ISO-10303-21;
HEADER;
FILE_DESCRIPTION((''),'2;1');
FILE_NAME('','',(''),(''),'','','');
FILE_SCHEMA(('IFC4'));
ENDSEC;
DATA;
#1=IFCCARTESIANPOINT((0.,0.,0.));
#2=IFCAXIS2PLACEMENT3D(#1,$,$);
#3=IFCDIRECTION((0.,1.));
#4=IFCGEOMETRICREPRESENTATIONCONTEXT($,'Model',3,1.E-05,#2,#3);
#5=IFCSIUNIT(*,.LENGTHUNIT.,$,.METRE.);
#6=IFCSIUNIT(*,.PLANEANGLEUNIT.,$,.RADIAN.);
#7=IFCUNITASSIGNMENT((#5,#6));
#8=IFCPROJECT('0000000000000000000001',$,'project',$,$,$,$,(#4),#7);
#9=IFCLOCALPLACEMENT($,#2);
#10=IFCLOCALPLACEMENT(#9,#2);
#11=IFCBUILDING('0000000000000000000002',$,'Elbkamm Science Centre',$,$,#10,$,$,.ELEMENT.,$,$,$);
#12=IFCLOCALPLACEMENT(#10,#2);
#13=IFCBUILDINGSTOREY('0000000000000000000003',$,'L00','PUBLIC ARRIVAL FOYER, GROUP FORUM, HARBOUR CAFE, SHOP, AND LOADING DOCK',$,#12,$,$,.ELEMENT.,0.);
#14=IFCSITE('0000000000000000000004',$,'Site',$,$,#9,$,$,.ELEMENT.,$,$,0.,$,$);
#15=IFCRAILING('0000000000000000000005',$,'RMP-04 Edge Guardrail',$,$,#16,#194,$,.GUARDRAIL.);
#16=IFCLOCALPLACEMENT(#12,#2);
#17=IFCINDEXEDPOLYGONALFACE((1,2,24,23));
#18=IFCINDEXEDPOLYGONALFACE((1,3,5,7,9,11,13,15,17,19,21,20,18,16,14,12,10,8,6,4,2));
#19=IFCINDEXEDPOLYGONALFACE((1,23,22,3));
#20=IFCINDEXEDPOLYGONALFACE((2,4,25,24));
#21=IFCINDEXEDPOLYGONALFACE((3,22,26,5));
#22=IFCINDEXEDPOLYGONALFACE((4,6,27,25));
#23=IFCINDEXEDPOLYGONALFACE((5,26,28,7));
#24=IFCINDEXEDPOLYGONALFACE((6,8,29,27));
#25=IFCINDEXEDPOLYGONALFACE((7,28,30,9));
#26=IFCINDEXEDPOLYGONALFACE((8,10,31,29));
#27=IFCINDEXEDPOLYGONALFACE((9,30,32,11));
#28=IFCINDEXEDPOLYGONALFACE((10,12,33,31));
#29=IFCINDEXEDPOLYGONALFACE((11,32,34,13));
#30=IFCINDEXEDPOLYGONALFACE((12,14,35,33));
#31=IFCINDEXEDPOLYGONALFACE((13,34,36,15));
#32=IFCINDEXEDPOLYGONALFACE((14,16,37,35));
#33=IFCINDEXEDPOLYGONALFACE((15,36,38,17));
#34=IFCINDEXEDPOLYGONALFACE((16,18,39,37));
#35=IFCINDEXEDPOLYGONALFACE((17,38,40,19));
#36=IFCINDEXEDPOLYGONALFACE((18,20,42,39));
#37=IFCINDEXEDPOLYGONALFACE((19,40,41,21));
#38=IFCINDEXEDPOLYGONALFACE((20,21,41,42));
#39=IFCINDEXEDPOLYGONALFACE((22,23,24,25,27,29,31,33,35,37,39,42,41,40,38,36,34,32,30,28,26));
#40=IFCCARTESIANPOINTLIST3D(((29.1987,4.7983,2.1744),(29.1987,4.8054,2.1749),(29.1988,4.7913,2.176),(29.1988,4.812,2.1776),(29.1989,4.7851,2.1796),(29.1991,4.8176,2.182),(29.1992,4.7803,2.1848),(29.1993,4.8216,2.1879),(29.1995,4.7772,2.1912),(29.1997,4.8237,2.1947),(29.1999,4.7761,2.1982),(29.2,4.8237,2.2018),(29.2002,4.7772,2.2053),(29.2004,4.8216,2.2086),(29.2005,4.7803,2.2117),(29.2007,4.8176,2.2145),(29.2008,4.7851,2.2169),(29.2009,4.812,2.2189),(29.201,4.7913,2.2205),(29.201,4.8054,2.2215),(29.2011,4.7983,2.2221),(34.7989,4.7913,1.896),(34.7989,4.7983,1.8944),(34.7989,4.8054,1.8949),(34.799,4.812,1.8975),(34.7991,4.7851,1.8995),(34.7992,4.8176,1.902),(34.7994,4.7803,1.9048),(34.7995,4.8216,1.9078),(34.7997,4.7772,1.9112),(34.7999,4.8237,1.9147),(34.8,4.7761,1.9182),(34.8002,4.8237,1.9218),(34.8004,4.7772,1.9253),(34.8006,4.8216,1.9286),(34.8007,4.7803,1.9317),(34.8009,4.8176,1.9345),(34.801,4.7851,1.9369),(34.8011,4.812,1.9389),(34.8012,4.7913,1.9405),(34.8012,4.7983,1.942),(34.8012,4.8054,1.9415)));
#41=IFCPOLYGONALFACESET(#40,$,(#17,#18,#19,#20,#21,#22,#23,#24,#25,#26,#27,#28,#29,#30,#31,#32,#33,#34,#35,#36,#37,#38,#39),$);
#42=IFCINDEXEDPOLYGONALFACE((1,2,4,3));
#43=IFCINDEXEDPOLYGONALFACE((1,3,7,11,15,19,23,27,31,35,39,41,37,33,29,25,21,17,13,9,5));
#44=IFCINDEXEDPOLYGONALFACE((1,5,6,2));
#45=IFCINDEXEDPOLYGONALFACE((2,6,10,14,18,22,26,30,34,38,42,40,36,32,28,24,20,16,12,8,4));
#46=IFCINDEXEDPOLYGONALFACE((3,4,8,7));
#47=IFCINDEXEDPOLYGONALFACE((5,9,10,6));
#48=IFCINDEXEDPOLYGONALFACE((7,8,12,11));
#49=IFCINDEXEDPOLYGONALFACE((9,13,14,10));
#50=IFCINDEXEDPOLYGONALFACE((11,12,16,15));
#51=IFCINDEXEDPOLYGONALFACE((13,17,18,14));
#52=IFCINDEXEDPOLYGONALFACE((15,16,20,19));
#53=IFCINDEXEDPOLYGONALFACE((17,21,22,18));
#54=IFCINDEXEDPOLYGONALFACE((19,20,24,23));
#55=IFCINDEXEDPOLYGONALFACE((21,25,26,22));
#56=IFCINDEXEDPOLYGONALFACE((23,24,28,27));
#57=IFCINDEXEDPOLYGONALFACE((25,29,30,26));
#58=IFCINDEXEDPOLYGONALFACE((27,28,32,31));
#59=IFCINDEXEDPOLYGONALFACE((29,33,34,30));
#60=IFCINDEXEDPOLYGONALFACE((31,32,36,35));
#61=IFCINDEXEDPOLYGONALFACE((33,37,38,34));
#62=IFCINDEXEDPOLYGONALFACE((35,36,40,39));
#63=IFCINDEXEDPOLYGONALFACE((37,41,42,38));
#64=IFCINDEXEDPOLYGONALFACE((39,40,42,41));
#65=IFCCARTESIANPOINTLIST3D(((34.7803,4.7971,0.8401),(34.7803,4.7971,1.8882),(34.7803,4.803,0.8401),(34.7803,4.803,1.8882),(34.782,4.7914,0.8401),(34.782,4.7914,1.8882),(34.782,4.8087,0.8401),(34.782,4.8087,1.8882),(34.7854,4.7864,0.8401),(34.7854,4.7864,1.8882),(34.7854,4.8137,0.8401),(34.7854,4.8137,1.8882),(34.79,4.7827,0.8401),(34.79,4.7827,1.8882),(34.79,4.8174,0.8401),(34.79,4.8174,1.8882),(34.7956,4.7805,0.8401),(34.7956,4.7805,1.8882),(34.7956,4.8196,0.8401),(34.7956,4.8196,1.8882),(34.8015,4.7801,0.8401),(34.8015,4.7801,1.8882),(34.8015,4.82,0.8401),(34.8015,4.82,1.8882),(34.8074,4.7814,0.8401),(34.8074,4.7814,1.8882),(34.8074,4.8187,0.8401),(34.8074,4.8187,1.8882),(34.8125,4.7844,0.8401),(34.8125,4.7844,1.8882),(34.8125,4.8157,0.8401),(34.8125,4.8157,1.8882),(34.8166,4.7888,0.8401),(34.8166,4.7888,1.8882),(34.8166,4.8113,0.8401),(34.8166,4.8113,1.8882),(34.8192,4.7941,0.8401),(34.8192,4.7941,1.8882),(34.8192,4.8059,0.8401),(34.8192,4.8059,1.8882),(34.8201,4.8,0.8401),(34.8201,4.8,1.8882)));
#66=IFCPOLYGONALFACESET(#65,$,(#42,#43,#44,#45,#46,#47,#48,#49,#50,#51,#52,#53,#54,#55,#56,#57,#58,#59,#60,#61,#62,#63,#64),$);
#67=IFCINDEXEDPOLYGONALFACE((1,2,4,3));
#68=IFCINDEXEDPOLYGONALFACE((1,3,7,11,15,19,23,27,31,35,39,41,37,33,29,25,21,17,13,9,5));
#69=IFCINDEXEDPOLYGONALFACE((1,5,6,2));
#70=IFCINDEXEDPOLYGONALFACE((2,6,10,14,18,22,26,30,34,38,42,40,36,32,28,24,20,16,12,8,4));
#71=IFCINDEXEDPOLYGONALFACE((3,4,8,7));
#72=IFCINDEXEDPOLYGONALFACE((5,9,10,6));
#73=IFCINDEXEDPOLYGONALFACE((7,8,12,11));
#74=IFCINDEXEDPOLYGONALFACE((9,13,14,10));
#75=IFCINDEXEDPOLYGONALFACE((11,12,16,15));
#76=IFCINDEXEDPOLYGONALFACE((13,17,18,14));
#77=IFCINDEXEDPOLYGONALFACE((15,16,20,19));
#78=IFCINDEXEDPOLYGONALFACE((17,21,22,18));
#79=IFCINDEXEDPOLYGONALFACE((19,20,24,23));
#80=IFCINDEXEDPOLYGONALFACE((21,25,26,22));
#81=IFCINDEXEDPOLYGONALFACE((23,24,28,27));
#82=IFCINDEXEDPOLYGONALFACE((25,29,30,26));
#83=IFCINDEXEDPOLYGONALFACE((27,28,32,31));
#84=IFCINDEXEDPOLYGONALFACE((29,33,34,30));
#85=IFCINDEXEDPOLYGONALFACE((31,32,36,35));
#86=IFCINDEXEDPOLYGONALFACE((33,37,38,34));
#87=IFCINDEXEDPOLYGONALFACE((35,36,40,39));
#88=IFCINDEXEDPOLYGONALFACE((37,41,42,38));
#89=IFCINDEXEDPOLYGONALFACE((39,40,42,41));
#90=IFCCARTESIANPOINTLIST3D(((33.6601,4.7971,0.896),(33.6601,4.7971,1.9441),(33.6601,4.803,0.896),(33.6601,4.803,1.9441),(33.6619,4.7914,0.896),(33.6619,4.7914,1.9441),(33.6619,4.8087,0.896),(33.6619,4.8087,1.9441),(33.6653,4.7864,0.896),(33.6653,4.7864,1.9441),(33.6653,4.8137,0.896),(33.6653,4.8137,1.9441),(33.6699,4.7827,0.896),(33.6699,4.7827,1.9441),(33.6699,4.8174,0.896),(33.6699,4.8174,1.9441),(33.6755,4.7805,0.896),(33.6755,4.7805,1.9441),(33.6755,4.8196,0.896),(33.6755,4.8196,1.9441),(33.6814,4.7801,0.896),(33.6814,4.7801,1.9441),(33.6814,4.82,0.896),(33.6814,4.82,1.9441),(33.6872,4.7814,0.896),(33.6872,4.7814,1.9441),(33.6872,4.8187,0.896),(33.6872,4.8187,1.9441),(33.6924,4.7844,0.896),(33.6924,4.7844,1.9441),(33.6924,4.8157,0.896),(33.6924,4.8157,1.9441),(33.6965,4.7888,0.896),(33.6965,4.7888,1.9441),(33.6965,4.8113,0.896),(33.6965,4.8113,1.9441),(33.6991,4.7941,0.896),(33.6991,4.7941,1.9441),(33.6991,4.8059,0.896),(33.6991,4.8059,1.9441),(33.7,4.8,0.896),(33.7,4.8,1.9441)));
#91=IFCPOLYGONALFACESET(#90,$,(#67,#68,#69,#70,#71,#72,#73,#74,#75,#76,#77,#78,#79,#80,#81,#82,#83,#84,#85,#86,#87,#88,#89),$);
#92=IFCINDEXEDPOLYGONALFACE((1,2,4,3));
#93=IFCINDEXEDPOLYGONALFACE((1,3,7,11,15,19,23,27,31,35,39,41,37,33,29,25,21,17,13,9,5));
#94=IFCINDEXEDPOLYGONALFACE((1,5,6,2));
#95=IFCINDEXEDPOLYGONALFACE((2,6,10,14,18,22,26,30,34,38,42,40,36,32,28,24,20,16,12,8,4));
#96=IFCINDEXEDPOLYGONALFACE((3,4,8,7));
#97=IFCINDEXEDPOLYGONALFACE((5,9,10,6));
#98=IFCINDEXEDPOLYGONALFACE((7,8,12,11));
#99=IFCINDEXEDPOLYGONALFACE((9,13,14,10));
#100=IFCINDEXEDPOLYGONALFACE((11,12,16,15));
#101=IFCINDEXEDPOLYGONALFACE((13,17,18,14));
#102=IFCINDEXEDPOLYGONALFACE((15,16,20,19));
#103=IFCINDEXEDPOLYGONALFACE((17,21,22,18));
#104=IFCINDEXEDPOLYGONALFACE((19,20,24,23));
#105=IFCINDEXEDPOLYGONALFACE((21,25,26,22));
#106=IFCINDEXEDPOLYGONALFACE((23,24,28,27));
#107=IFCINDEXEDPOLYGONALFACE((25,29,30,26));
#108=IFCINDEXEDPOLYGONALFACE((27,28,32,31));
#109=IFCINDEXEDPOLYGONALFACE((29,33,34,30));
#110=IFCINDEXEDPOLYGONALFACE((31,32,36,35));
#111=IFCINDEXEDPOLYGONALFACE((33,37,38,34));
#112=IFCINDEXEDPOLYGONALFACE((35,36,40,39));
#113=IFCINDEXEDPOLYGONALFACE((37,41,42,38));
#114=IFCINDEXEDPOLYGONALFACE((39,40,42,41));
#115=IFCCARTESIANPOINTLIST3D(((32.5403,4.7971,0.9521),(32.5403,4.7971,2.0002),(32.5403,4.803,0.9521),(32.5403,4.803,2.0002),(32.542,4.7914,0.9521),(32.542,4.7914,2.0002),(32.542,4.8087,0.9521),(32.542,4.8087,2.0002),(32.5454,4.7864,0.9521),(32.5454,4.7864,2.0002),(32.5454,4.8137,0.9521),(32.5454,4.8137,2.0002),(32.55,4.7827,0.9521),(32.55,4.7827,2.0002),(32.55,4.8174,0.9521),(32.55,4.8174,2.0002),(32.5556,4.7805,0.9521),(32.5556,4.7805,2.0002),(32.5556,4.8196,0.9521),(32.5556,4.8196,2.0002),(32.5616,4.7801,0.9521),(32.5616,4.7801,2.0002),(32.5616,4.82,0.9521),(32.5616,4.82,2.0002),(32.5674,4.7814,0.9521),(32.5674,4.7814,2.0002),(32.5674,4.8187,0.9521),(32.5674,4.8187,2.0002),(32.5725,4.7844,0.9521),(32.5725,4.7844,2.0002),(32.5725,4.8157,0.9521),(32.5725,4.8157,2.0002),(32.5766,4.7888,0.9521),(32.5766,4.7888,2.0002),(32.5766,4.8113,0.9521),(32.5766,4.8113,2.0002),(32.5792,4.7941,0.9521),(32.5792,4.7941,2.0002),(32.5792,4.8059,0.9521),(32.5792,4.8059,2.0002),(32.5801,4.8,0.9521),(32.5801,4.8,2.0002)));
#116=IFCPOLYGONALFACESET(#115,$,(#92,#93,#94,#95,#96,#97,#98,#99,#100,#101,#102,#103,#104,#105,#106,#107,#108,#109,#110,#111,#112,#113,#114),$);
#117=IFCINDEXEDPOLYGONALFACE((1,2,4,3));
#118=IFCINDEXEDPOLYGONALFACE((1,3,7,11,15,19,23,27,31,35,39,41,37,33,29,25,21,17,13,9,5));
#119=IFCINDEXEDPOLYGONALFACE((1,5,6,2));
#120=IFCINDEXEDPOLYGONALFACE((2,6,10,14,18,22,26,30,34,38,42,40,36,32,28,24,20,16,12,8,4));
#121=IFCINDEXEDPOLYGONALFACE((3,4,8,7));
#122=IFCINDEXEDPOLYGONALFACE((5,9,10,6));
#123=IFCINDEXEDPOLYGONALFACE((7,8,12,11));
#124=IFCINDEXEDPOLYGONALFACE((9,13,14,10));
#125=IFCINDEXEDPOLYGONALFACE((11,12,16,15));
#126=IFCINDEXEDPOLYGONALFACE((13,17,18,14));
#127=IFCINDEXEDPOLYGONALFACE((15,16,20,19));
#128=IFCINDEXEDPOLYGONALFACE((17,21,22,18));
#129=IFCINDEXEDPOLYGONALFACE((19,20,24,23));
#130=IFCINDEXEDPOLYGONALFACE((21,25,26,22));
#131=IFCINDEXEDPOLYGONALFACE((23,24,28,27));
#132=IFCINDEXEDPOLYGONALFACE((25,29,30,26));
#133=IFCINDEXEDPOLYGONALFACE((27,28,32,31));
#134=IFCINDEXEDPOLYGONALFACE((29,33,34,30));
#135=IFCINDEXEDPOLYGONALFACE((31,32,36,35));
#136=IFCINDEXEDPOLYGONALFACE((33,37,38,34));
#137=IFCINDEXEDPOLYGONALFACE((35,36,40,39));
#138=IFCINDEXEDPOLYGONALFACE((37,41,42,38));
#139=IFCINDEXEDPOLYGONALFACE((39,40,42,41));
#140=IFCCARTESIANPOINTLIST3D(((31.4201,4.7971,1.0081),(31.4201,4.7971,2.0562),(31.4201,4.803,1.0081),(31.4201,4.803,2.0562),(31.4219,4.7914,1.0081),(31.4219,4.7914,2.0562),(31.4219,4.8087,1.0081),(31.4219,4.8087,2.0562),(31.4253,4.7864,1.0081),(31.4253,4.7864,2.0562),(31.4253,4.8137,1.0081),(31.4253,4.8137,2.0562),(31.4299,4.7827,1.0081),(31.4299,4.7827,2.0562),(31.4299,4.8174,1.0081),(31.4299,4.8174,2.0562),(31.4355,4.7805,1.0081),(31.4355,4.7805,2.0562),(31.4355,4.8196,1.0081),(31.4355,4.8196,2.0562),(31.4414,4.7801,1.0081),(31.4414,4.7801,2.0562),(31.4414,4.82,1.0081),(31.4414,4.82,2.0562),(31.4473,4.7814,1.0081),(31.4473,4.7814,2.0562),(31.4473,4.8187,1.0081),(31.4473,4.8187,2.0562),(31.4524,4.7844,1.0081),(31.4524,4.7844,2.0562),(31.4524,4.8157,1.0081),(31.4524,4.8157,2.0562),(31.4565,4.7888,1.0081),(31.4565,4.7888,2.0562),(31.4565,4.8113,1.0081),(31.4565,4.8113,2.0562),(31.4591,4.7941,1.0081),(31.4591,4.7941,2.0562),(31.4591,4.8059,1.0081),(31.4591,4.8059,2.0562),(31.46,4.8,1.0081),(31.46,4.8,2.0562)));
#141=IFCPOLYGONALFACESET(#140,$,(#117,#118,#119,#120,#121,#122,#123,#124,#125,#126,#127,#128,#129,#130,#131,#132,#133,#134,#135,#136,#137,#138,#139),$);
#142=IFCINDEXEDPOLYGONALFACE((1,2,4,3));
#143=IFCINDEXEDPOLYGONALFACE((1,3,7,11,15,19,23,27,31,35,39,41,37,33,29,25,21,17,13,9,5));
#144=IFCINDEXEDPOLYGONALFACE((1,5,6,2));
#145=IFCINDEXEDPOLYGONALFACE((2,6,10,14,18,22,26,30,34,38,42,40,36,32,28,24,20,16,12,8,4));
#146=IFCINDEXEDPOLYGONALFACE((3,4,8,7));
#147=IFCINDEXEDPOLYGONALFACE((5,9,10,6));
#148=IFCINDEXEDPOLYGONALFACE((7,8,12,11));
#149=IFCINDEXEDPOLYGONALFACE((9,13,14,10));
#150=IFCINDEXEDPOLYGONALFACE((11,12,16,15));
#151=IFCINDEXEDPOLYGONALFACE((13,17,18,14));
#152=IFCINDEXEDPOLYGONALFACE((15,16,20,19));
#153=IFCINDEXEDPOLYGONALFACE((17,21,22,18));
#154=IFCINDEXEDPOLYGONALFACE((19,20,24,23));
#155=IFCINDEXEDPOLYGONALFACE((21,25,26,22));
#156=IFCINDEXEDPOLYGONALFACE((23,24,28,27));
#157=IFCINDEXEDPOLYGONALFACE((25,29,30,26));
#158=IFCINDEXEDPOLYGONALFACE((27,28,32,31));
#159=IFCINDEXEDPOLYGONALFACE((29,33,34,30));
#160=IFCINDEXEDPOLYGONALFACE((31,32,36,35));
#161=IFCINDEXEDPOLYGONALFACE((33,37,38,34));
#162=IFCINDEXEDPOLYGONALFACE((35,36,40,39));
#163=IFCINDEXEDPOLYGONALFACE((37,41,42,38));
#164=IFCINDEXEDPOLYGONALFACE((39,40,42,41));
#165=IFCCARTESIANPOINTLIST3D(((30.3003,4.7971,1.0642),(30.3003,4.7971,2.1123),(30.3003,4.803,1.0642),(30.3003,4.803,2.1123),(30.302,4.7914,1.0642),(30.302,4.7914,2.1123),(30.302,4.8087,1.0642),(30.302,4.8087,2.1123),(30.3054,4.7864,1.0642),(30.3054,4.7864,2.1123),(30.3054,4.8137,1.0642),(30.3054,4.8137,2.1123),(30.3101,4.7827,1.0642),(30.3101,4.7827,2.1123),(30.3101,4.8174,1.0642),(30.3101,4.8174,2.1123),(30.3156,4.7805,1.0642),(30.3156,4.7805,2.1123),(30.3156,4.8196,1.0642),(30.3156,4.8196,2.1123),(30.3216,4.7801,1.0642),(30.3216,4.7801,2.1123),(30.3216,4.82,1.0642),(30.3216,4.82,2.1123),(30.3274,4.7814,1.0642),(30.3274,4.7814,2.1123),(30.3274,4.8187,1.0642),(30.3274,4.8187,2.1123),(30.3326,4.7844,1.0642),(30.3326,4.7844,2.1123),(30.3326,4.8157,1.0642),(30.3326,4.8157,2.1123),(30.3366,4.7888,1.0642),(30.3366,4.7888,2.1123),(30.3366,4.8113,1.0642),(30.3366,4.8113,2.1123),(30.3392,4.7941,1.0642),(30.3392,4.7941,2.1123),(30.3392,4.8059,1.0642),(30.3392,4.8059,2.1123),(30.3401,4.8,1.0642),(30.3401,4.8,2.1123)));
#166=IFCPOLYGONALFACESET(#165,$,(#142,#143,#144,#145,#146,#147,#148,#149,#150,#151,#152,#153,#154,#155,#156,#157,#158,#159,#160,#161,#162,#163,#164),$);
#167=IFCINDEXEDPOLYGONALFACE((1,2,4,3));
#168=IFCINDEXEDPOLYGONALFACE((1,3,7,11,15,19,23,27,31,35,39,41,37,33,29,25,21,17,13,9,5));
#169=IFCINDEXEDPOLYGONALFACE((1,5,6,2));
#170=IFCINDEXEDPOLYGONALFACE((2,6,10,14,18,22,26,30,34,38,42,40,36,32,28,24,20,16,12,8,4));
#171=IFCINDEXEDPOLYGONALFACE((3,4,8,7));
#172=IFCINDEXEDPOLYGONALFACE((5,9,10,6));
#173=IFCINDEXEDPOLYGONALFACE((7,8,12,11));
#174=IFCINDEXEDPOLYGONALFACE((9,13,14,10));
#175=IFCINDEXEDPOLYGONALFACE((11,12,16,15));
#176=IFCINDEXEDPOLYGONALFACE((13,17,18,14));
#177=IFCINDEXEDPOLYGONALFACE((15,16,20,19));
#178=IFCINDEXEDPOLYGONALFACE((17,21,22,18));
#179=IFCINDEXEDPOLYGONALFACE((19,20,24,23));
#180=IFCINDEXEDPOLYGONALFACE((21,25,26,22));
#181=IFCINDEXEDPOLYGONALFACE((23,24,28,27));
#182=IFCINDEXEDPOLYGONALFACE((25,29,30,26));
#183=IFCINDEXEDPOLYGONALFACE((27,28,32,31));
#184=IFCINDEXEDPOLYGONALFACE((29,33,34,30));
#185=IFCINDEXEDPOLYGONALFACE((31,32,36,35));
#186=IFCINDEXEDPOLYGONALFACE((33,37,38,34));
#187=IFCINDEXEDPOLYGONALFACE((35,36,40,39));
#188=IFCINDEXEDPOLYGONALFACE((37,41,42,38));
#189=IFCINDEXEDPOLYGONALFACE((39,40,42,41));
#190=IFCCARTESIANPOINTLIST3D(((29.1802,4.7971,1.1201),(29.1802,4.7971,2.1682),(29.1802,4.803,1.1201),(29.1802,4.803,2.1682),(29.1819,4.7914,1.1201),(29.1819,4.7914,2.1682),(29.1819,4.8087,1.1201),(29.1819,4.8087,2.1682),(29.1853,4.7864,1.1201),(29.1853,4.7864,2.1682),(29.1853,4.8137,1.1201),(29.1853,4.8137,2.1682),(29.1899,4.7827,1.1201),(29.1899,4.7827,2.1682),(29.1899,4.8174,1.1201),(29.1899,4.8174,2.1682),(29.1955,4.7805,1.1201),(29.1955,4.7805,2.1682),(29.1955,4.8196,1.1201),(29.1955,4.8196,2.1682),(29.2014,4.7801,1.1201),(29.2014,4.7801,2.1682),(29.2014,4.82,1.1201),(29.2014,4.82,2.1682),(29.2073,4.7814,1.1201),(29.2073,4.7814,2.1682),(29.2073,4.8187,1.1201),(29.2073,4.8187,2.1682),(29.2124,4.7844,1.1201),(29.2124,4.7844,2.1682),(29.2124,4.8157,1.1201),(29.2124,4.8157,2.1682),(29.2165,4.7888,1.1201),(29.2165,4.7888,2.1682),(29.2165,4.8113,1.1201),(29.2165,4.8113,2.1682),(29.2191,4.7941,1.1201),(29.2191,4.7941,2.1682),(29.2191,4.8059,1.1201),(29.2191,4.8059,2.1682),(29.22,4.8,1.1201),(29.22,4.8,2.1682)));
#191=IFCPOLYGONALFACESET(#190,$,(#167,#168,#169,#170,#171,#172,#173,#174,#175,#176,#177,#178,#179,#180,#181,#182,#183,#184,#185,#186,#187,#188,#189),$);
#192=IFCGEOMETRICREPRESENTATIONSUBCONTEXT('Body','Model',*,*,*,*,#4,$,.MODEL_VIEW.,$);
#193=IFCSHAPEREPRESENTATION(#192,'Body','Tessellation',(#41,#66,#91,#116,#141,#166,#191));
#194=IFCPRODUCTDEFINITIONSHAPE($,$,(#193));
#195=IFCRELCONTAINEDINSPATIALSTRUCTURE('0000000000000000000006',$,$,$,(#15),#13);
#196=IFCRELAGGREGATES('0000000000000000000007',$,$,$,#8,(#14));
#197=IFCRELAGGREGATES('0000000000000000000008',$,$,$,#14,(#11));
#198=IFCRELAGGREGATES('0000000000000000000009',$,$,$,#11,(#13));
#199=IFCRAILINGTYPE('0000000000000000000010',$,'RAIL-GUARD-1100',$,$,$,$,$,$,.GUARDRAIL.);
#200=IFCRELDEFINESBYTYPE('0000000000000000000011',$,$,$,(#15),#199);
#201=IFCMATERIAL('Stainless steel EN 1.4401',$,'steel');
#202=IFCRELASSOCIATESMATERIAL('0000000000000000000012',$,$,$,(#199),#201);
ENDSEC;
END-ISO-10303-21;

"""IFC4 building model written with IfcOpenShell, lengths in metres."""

from ifc_helpers import new_model, si_unit, direction, frame, origin, origin_2d, place, context, subcontext, project, spatial, circle, extrude, material, type_object, element, save


model = new_model("IFC4")

# Units and contexts
model_context = context("Model", 3, precision=1e-05, world=origin(), true_north=direction((0.0, 1.0)))
body_context = subcontext(model_context, "Body", "Model", "MODEL_VIEW")
ifc_project = project(units=[si_unit("LENGTHUNIT", "METRE"), si_unit("PLANEANGLEUNIT", "RADIAN")], contexts=[model_context])

# Site, building, storey
site_placement = place(None, origin())
site = spatial("IfcSite", under=ifc_project, at=site_placement, Name="Site", CompositionType="ELEMENT", RefElevation=0.0)
building_placement = place(site_placement, origin())
building = spatial("IfcBuilding", under=site, at=building_placement, Name="Elbkamm Science Centre", CompositionType="ELEMENT")
storey_placement = place(building_placement, origin())
storey = spatial("IfcBuildingStorey", under=building, at=storey_placement, Name="L00", Description="PUBLIC ARRIVAL FOYER, GROUP FORUM, HARBOUR CAFE, SHOP, AND LOADING DOCK", CompositionType="ELEMENT", Elevation=0.0)

# Railing
ifc_material_1 = material(Name="Stainless steel EN 1.4401", Category="steel")
railing_type_1 = type_object("IfcRailingType", Name="RAIL-GUARD-1100", PredefinedType="GUARDRAIL", material=ifc_material_1)
railing_1_placement = place(storey_placement, frame((34.8, 4.8, 0.8401)))
element("IfcRailing", 1, at=railing_1_placement, inside=storey, type_object=railing_type_1, Name="RMP-04 Edge Guardrail", PredefinedType="GUARDRAIL", context=body_context, shape_type="SweptSolid", body=[
    extrude(circle(Radius=0.0239, at=origin_2d()), frame((0.0, 0.0, 1.0781), z_axis=(-0.998752, 0.0, 0.049942), x_axis=(0.0, -1.0, 0.0)), (0.0, 0.0, 1.0), 5.6072),
    extrude(circle(Radius=0.02, at=origin_2d()), origin(), (0.0, 0.0, 1.0), 1.0481),
    extrude(circle(Radius=0.02, at=origin_2d()), frame((-1.1201, 0.0, 0.0559)), (0.0, 0.0, 1.0), 1.0481),
    extrude(circle(Radius=0.02, at=origin_2d()), frame((-2.24, 0.0, 0.1121)), (0.0, 0.0, 1.0), 1.0481),
    extrude(circle(Radius=0.02, at=origin_2d()), frame((-3.3601, 0.0, 0.168)), (0.0, 0.0, 1.0), 1.0481),
    extrude(circle(Radius=0.02, at=origin_2d()), frame((-4.48, 0.0, 0.2241)), (0.0, 0.0, 1.0), 1.0481),
    extrude(circle(Radius=0.02, at=origin_2d()), frame((-5.6001, 0.0, 0.28)), (0.0, 0.0, 1.0), 1.0481),
])

save(model, "model.ifc")
